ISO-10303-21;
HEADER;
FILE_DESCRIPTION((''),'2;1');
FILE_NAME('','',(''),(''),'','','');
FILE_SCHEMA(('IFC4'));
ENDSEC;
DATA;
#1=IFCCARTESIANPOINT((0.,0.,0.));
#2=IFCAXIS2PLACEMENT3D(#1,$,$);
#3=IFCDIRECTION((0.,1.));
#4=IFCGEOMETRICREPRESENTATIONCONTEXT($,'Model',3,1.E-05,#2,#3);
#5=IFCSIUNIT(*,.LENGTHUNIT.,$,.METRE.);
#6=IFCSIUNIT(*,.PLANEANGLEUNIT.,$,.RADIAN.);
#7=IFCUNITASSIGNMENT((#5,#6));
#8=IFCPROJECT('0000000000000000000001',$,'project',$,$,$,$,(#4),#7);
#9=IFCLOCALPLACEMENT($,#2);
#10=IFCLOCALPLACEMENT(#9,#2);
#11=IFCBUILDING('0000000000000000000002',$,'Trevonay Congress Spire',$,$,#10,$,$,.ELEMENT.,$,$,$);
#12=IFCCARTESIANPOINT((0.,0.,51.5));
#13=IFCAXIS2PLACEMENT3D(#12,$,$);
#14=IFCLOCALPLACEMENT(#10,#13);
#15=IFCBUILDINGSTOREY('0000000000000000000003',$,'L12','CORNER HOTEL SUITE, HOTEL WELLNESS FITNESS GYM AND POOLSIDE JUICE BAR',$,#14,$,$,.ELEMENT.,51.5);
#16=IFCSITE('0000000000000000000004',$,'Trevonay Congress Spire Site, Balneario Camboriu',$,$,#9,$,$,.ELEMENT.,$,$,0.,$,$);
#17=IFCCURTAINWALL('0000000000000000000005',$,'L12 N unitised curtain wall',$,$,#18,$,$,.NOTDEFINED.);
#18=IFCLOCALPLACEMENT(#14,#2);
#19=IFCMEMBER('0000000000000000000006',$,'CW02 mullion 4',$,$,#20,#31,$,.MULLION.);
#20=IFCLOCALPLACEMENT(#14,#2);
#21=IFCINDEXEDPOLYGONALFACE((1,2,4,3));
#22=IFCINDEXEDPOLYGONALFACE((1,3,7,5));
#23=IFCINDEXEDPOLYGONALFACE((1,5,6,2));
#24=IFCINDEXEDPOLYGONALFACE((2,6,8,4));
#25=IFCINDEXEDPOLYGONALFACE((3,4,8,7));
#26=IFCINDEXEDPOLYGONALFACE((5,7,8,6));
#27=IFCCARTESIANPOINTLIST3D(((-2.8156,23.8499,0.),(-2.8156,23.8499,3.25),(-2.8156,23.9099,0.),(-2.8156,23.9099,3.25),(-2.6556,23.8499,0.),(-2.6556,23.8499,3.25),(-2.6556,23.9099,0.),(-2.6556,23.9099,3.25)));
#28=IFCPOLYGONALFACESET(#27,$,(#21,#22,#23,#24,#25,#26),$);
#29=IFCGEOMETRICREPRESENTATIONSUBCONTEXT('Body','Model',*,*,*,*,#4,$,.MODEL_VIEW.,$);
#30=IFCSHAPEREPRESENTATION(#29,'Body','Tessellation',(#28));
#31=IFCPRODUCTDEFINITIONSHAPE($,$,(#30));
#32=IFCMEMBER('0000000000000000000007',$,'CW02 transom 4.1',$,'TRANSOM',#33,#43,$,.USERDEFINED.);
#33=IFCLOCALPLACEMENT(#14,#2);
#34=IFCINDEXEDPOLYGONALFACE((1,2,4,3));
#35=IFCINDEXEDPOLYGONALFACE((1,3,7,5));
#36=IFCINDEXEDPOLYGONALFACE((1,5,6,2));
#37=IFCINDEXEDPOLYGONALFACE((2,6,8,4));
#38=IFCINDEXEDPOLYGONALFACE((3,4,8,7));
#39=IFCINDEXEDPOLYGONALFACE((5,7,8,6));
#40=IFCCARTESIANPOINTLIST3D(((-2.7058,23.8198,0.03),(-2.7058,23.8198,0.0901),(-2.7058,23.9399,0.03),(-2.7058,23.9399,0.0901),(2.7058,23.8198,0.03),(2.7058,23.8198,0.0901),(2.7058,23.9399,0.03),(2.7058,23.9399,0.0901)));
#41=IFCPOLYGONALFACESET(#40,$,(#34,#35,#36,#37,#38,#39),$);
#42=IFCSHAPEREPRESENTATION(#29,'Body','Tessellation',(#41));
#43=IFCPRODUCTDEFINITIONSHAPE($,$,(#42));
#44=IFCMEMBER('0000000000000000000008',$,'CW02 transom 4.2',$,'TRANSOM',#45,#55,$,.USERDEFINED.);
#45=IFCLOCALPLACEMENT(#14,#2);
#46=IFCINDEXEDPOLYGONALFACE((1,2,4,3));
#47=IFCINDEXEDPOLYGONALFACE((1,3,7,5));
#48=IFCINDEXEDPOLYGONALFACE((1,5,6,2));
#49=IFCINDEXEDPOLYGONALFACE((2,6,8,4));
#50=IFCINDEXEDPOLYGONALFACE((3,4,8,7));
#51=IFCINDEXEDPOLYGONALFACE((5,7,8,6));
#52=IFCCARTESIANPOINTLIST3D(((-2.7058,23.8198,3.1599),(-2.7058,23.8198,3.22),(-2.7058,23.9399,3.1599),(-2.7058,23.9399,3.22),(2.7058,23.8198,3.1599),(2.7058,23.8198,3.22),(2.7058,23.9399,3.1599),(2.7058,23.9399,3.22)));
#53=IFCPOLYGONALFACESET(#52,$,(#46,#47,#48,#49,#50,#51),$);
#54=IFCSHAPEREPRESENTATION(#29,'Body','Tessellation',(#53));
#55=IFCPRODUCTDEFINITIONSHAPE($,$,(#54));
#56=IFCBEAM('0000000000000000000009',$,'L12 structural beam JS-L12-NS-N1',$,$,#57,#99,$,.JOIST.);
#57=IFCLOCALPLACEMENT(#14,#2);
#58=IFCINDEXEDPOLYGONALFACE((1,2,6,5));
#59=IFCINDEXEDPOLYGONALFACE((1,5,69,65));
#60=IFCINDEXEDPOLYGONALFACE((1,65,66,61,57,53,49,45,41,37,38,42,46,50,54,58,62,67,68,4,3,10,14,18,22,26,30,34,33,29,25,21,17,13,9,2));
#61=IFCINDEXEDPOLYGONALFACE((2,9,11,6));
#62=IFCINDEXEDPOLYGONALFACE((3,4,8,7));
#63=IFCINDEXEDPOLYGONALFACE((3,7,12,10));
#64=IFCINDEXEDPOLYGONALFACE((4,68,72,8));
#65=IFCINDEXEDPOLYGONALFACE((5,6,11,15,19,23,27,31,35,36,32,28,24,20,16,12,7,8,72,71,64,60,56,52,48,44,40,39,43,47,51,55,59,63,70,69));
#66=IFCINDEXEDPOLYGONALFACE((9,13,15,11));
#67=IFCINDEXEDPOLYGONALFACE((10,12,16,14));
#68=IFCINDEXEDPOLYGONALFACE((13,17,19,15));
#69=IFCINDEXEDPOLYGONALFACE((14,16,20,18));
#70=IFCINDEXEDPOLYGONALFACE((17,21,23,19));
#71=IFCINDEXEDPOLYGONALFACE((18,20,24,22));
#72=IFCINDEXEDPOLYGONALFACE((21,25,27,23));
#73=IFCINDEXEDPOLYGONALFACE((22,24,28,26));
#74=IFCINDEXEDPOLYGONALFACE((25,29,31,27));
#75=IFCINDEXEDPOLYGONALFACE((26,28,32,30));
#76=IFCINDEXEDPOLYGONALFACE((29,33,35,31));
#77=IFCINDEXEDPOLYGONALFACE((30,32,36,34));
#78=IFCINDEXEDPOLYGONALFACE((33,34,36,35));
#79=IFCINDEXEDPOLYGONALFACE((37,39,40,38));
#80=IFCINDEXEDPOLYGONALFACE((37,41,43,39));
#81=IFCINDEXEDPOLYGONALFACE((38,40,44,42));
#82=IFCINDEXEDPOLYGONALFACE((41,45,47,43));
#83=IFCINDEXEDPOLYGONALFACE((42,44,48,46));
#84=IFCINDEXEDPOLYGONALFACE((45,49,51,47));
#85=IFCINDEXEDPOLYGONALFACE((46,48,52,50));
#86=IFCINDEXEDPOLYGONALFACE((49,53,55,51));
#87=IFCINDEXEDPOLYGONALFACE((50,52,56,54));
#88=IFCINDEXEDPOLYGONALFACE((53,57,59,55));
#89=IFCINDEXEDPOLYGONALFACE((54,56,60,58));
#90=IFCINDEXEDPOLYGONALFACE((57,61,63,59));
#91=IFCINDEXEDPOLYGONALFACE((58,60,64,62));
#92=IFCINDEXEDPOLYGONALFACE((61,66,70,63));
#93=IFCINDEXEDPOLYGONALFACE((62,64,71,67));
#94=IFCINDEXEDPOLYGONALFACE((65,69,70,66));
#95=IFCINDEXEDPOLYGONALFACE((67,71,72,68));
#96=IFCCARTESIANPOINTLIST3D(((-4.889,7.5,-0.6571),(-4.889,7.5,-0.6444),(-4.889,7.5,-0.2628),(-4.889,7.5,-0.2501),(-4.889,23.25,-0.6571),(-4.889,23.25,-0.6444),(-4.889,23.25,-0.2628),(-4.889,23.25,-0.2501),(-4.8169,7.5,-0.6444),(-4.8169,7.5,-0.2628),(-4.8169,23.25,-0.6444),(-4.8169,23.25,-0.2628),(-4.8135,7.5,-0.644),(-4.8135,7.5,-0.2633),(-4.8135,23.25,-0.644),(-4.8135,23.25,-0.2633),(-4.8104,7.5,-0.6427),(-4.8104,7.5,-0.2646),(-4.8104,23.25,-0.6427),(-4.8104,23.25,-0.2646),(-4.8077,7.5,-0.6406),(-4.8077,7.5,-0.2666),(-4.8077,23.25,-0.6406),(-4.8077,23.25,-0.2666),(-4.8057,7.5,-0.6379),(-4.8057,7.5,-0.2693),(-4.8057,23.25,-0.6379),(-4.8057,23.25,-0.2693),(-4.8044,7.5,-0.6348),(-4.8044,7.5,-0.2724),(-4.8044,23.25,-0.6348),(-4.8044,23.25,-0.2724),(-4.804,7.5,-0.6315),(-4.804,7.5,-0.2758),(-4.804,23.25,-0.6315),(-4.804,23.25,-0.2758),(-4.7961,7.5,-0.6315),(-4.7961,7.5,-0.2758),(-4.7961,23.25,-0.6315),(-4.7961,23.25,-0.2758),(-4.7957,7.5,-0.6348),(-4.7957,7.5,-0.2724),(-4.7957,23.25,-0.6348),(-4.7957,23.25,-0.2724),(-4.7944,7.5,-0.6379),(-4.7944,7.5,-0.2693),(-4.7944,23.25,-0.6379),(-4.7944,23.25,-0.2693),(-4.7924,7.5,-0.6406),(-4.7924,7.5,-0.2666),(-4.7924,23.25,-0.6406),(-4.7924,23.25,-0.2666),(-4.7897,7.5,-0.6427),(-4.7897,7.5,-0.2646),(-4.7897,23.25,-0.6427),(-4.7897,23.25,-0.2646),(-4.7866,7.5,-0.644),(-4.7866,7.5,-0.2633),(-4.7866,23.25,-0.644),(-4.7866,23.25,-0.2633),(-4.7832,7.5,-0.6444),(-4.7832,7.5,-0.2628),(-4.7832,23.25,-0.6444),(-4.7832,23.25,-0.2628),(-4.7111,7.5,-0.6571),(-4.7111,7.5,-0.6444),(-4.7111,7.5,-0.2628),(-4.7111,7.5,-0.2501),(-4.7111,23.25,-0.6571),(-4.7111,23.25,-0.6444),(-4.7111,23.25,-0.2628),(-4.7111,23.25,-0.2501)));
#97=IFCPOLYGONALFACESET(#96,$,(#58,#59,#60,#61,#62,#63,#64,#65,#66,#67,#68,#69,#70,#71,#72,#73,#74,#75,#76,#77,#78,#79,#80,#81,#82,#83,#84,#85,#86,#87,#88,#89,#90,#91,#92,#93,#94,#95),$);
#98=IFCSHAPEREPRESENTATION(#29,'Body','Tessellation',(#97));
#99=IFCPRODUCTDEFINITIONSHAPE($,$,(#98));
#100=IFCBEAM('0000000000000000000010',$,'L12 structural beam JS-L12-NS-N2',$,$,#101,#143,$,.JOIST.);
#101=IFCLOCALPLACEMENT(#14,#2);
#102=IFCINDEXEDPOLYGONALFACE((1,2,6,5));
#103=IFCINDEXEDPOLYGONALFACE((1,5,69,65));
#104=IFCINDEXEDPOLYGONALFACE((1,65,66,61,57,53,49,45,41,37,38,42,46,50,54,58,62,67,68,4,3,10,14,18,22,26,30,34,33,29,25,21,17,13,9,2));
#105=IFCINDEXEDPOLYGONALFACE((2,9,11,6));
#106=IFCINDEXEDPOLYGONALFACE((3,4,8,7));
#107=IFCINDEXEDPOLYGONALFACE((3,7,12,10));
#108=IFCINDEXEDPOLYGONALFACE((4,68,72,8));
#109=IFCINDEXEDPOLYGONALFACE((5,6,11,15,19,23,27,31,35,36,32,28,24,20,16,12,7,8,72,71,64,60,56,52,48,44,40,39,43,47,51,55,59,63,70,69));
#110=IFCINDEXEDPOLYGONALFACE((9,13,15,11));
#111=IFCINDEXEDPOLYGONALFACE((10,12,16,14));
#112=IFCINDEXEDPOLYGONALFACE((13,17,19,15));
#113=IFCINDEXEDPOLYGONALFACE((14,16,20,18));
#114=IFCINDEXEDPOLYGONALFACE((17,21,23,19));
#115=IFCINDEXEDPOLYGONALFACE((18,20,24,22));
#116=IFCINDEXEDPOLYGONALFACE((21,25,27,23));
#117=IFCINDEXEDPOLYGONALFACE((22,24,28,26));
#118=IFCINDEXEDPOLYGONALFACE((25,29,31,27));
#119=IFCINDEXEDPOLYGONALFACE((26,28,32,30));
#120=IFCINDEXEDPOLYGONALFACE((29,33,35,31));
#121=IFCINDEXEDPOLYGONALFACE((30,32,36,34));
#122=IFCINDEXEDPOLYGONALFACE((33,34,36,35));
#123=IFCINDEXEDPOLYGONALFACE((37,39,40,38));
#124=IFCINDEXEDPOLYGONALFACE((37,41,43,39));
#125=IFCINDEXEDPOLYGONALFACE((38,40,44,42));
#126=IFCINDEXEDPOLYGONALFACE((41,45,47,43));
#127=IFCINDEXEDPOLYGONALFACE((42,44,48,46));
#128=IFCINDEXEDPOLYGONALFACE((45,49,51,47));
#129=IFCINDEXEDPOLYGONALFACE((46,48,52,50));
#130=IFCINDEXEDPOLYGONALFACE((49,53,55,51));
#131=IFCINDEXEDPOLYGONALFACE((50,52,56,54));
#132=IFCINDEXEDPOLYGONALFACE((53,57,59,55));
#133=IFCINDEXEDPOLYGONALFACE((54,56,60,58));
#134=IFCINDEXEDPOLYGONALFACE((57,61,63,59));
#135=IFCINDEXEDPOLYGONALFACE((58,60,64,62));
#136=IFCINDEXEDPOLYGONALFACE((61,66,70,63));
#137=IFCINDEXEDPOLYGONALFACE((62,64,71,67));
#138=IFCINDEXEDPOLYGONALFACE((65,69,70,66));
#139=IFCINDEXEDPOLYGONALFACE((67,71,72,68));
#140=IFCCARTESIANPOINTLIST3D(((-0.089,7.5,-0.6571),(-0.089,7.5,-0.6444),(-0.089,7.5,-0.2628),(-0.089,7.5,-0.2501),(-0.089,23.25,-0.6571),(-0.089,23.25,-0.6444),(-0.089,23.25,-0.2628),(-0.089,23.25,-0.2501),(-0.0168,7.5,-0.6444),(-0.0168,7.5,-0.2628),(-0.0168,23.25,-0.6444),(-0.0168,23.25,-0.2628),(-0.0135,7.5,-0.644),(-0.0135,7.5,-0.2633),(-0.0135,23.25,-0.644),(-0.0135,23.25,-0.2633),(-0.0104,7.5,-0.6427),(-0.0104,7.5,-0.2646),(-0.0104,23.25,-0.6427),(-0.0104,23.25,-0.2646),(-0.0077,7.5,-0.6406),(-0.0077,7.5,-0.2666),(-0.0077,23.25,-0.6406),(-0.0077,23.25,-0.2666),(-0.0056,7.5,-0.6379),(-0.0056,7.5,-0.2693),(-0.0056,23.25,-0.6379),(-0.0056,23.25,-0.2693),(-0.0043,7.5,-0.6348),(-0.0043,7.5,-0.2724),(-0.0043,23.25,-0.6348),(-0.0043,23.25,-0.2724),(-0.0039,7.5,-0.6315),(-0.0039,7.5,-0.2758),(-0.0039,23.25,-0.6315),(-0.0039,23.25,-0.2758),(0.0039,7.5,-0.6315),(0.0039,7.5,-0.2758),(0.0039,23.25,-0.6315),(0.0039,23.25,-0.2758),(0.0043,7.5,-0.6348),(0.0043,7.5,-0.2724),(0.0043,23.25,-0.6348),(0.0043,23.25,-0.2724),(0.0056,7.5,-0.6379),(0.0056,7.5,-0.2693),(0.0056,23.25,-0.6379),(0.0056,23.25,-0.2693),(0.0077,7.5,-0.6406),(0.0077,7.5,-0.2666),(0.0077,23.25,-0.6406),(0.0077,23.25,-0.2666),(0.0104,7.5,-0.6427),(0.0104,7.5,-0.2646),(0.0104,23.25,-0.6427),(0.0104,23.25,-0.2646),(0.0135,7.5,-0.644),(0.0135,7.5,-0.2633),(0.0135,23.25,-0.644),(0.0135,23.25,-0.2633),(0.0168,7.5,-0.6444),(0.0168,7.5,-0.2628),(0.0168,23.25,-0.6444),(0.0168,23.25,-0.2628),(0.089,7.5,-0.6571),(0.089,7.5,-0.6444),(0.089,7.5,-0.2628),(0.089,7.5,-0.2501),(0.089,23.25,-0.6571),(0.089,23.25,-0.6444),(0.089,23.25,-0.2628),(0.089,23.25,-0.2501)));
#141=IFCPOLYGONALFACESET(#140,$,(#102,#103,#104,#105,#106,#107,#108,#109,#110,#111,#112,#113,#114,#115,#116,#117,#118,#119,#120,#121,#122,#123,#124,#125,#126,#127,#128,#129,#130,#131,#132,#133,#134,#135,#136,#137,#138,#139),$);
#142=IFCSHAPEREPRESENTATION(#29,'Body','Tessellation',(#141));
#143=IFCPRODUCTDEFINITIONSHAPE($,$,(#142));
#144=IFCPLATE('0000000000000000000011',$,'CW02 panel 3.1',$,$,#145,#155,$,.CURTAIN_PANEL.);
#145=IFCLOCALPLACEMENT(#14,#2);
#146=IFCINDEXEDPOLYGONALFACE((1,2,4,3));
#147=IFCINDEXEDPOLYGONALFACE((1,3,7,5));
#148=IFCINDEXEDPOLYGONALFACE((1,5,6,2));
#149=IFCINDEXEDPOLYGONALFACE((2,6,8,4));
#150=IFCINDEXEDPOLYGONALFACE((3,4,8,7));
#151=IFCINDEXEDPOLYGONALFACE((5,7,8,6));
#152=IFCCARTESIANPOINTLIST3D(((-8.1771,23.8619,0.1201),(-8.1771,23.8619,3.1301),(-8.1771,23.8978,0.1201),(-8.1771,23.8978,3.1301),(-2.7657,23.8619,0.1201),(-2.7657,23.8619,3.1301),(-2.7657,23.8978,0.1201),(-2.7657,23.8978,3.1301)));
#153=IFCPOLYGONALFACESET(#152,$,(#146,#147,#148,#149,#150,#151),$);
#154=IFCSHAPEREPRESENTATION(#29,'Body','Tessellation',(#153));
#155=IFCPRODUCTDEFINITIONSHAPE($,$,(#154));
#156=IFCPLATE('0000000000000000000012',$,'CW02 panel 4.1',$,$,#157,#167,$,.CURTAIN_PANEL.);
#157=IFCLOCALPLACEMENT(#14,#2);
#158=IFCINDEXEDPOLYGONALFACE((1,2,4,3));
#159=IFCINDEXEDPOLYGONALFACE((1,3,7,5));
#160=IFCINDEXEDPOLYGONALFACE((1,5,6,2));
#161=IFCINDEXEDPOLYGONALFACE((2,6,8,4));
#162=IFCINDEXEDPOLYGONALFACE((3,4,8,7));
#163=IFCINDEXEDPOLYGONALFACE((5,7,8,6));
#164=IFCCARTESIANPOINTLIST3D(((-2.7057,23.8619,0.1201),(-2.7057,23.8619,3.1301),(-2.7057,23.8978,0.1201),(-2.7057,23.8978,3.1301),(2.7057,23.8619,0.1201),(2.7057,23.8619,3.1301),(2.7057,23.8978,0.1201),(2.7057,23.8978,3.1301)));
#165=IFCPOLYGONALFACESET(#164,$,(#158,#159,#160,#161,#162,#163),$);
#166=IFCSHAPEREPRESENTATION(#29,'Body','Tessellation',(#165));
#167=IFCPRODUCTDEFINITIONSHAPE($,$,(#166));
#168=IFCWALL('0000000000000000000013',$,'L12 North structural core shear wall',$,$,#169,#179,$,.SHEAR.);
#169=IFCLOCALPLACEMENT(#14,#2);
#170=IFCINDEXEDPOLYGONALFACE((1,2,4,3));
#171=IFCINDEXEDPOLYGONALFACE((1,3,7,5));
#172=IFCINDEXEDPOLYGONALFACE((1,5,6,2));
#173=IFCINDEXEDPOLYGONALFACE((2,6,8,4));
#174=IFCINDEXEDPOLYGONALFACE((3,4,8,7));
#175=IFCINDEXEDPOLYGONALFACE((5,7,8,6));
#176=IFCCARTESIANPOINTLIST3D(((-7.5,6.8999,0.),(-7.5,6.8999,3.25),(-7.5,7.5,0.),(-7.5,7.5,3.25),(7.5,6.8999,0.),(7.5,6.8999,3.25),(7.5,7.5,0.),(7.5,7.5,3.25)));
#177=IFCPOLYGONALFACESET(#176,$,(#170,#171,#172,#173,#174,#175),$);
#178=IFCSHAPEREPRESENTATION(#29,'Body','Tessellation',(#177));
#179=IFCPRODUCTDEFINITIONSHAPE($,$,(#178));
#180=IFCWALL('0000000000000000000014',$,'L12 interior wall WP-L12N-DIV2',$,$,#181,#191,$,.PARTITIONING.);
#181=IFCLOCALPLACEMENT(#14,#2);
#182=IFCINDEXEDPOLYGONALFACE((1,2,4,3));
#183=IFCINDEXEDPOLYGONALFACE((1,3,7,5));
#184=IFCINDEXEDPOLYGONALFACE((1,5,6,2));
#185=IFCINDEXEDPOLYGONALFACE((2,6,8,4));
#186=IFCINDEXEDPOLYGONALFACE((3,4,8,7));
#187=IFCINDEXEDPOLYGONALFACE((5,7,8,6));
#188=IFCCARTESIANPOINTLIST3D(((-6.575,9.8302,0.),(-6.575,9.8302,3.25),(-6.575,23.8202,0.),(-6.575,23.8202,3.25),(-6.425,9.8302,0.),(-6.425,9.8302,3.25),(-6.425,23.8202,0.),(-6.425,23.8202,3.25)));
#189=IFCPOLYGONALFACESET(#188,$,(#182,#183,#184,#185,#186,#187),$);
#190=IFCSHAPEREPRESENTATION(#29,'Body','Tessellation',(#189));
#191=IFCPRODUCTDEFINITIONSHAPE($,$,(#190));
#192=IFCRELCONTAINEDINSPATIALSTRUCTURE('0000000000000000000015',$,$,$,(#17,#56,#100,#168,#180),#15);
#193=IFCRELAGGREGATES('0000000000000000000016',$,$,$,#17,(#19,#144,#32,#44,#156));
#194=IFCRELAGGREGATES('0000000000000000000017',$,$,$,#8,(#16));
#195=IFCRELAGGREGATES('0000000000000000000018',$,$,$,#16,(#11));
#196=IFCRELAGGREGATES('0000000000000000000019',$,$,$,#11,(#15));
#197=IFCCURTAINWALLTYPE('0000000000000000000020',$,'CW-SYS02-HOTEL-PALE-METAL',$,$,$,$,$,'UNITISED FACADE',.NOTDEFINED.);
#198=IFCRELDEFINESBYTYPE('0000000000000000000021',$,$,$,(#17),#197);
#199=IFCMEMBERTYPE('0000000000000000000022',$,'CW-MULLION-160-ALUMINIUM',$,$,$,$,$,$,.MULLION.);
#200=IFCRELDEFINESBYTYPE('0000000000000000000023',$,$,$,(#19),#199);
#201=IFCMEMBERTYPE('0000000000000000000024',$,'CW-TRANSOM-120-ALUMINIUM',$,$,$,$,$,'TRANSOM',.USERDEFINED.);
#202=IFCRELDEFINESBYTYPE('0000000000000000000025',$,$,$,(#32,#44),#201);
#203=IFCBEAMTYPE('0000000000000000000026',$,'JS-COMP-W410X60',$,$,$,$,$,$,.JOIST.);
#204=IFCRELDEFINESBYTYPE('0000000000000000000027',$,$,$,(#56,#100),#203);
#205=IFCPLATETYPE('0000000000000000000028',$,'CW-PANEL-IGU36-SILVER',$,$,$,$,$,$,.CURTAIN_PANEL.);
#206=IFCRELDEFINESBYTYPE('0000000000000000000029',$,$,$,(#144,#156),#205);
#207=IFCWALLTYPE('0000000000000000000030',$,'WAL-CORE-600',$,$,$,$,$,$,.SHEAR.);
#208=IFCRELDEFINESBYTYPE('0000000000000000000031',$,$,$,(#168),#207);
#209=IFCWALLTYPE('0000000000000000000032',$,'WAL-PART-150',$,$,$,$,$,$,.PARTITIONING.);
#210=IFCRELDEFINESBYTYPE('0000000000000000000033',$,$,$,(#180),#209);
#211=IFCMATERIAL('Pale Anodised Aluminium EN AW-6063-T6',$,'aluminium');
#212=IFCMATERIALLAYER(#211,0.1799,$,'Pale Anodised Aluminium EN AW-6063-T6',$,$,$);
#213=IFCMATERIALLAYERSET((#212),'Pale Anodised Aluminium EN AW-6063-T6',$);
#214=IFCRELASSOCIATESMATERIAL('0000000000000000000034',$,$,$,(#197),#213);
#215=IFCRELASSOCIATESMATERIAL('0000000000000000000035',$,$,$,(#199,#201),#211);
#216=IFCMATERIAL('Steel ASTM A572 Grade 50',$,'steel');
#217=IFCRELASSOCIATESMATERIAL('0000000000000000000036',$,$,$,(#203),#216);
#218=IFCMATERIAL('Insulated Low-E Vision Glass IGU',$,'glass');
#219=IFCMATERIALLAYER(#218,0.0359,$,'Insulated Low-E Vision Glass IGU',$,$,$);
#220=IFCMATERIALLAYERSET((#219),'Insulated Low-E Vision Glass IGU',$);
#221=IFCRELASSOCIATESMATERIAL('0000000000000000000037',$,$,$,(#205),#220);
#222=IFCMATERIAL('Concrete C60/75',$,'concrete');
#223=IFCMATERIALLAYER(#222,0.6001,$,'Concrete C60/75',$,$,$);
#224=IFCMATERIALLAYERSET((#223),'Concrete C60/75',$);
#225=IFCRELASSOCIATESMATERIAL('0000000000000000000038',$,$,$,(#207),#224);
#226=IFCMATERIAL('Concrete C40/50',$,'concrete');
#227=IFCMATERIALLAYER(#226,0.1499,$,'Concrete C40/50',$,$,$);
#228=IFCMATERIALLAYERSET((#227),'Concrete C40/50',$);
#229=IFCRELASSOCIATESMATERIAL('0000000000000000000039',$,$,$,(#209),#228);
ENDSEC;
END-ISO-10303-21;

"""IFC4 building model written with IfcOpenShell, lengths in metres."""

from ifc_helpers import new_model, si_unit, direction, frame, frame_2d, origin, origin_2d, place, context, subcontext, project, spatial, rectangle, i_section, extrude, material, layer, layer_set, material_profile, profile_set, type_object, element, aggregate, save


model = new_model("IFC4")

# Units and contexts
model_context = context("Model", 3, precision=1e-05, world=origin(), true_north=direction((0.0, 1.0)))
body_context = subcontext(model_context, "Body", "Model", "MODEL_VIEW")
ifc_project = project(units=[si_unit("LENGTHUNIT", "METRE"), si_unit("PLANEANGLEUNIT", "RADIAN")], contexts=[model_context])

# Site, building, storey
site_placement = place(None, origin())
site = spatial("IfcSite", under=ifc_project, at=site_placement, Name="Trevonay Congress Spire Site, Balneario Camboriu", CompositionType="ELEMENT", RefElevation=0.0)
building_placement = place(site_placement, origin())
building = spatial("IfcBuilding", under=site, at=building_placement, Name="Trevonay Congress Spire", CompositionType="ELEMENT")
storey_placement = place(building_placement, frame((0.0, 0.0, 51.5)))
storey = spatial("IfcBuildingStorey", under=building, at=storey_placement, Name="L12", Description="CORNER HOTEL SUITE, HOTEL WELLNESS FITNESS GYM AND POOLSIDE JUICE BAR", CompositionType="ELEMENT", Elevation=51.5)

# Shared definitions
ifc_material_1 = material(Name="Steel ASTM A572 Grade 50", Category="steel")

# Curtain wall, members
ifc_material_2 = material(Name="Pale Anodised Aluminium EN AW-6063-T6", Category="aluminium")
ifc_layer_1 = layer(ifc_material_2, 0.1799, Name="Pale Anodised Aluminium EN AW-6063-T6")
ifc_layer_set_1 = layer_set([ifc_layer_1], Name="Pale Anodised Aluminium EN AW-6063-T6")
curtain_wall_type = type_object("IfcCurtainWallType", Name="CW-SYS02-HOTEL-PALE-METAL", ElementType="UNITISED FACADE", PredefinedType="NOTDEFINED", material=ifc_layer_set_1)
curtain_wall_placement = place(storey_placement, origin())
curtain_wall = element("IfcCurtainWall", 1, at=curtain_wall_placement, inside=storey, type_object=curtain_wall_type, Name="L12 N unitised curtain wall", PredefinedType="NOTDEFINED")
ifc_material_profile_1 = material_profile(ifc_material_2, rectangle(XDim=0.0601, YDim=0.1599, at=origin_2d()), Name="CW-MULLION-160-ALUMINIUM")
ifc_profile_set_1 = profile_set([ifc_material_profile_1], Name="Pale Anodised Aluminium EN AW-6063-T6")
member_type_1 = type_object("IfcMemberType", Name="CW-MULLION-160-ALUMINIUM", PredefinedType="MULLION", material=ifc_profile_set_1)
member_1_placement = place(storey_placement, frame((-2.7356, 23.8799, 0.0), z_axis=(0.0, 0.0, 1.0), x_axis=(0.0, 1.0, 0.0)))
member_1 = element("IfcMember", 2, at=member_1_placement, type_object=member_type_1, Name="CW02 mullion 4", PredefinedType="MULLION", context=body_context, shape_type="SweptSolid", body=[
    extrude(rectangle(XDim=0.0601, YDim=0.1599, at=origin_2d()), origin(), (0.0, 0.0, 1.0), 3.25),
])
ifc_material_profile_2 = material_profile(ifc_material_2, rectangle(XDim=0.1201, YDim=0.0601, at=origin_2d()), Name="CW-TRANSOM-120-ALUMINIUM")
ifc_profile_set_2 = profile_set([ifc_material_profile_2], Name="Pale Anodised Aluminium EN AW-6063-T6")
member_type_2 = type_object("IfcMemberType", Name="CW-TRANSOM-120-ALUMINIUM", ElementType="TRANSOM", PredefinedType="USERDEFINED", material=ifc_profile_set_2)
member_2_placement = place(storey_placement, frame((-2.7058, 23.8799, 0.0601), z_axis=(1.0, 0.0, 0.0), x_axis=(0.0, 1.0, 0.0)))
member_2 = element("IfcMember", 3, at=member_2_placement, type_object=member_type_2, Name="CW02 transom 4.1", ObjectType="TRANSOM", PredefinedType="USERDEFINED", context=body_context, shape_type="SweptSolid", body=[
    extrude(rectangle(XDim=0.1201, YDim=0.0601, at=origin_2d()), origin(), (0.0, 0.0, 1.0), 5.4116),
])
member_3_placement = place(storey_placement, frame((-2.7058, 23.8799, 3.1899), z_axis=(1.0, 0.0, 0.0), x_axis=(0.0, 1.0, 0.0)))
member_3 = element("IfcMember", 4, at=member_3_placement, type_object=member_type_2, Name="CW02 transom 4.2", ObjectType="TRANSOM", PredefinedType="USERDEFINED", context=body_context, shape_type="SweptSolid", body=[
    extrude(rectangle(XDim=0.1201, YDim=0.0601, at=origin_2d()), origin(), (0.0, 0.0, 1.0), 5.4116),
])

# Beams
ifc_material_profile_3 = material_profile(ifc_material_1, i_section(OverallWidth=0.178, OverallDepth=0.407, WebThickness=0.0078, FlangeThickness=0.0127, FilletRadius=0.0129, at=origin_2d()), Name="W410x60")
ifc_profile_set_3 = profile_set([ifc_material_profile_3], Name="Steel ASTM A572 Grade 50")
beam_type_1 = type_object("IfcBeamType", Name="JS-COMP-W410X60", PredefinedType="JOIST", material=ifc_profile_set_3)
for number, where, z_axis, x_axis, name in (
    (5, (-4.8, 7.5, -0.4536), (0.0, 1.0, 0.0), (-1.0, 0.0, 0.0), "L12 structural beam JS-L12-NS-N1"),
    (6, (0.0, 7.5, -0.4536), (0.0, 1.0, 0.0), (-1.0, 0.0, 0.0), "L12 structural beam JS-L12-NS-N2"),
):
    element("IfcBeam", number, at=place(storey_placement, frame(where, z_axis=z_axis, x_axis=x_axis)), inside=storey, type_object=beam_type_1, Name=name, PredefinedType="JOIST", context=body_context, shape_type="SweptSolid", body=[
        extrude(i_section(OverallWidth=0.178, OverallDepth=0.407, WebThickness=0.0078, FlangeThickness=0.0127, FilletRadius=0.0129, at=origin_2d()), origin(), (0.0, 0.0, 1.0), 15.75),
    ])

# Plates
ifc_material_3 = material(Name="Insulated Low-E Vision Glass IGU", Category="glass")
ifc_layer_2 = layer(ifc_material_3, 0.0359, Name="Insulated Low-E Vision Glass IGU")
ifc_layer_set_2 = layer_set([ifc_layer_2], Name="Insulated Low-E Vision Glass IGU")
plate_type = type_object("IfcPlateType", Name="CW-PANEL-IGU36-SILVER", PredefinedType="CURTAIN_PANEL", material=ifc_layer_set_2)
plate_1_placement = place(storey_placement, frame((-5.4714, 23.8799, 0.1201), z_axis=(0.0, 0.0, 1.0), x_axis=(1.0, 0.0, 0.0)))
plate_1 = element("IfcPlate", 7, at=plate_1_placement, type_object=plate_type, Name="CW02 panel 3.1", PredefinedType="CURTAIN_PANEL", context=body_context, shape_type="SweptSolid", body=[
    extrude(rectangle(XDim=5.4114, YDim=0.0359, at=origin_2d()), origin(), (0.0, 0.0, 1.0), 3.01),
])
plate_2_placement = place(storey_placement, frame((0.0, 23.8799, 0.1201), z_axis=(0.0, 0.0, 1.0), x_axis=(1.0, 0.0, 0.0)))
plate_2 = element("IfcPlate", 8, at=plate_2_placement, type_object=plate_type, Name="CW02 panel 4.1", PredefinedType="CURTAIN_PANEL", context=body_context, shape_type="SweptSolid", body=[
    extrude(rectangle(XDim=5.4114, YDim=0.0359, at=origin_2d()), origin(), (0.0, 0.0, 1.0), 3.01),
])
aggregate(curtain_wall, [member_1, plate_1, member_2, member_3, plate_2])

# Walls
ifc_material_4 = material(Name="Concrete C60/75", Category="concrete")
ifc_layer_3 = layer(ifc_material_4, 0.6001, Name="Concrete C60/75")
ifc_layer_set_3 = layer_set([ifc_layer_3], Name="Concrete C60/75")
wall_type_1 = type_object("IfcWallType", Name="WAL-CORE-600", PredefinedType="SHEAR", material=ifc_layer_set_3)
wall_1_placement = place(storey_placement, frame((-7.5, 7.2, 0.0), z_axis=(0.0, 0.0, 1.0), x_axis=(1.0, 0.0, 0.0)))
element("IfcWall", 9, at=wall_1_placement, inside=storey, type_object=wall_type_1, Name="L12 North structural core shear wall", PredefinedType="SHEAR", context=body_context, shape_type="SweptSolid", body=[
    extrude(rectangle(XDim=15.0, YDim=0.6001, at=frame_2d((7.5, 0.0))), origin(), (0.0, 0.0, 1.0), 3.25),
])
ifc_material_5 = material(Name="Concrete C40/50", Category="concrete")
ifc_layer_4 = layer(ifc_material_5, 0.1499, Name="Concrete C40/50")
ifc_layer_set_4 = layer_set([ifc_layer_4], Name="Concrete C40/50")
wall_type_2 = type_object("IfcWallType", Name="WAL-PART-150", PredefinedType="PARTITIONING", material=ifc_layer_set_4)
wall_2_placement = place(storey_placement, frame((-6.5, 9.8301, 0.0), z_axis=(0.0, 0.0, 1.0), x_axis=(0.0, 1.0, 0.0)))
element("IfcWall", 10, at=wall_2_placement, inside=storey, type_object=wall_type_2, Name="L12 interior wall WP-L12N-DIV2", PredefinedType="PARTITIONING", context=body_context, shape_type="SweptSolid", body=[
    extrude(rectangle(XDim=13.99, YDim=0.1499, at=frame_2d((6.9951, 0.0))), origin(), (0.0, 0.0, 1.0), 3.25),
])

save(model, "model.ifc")
